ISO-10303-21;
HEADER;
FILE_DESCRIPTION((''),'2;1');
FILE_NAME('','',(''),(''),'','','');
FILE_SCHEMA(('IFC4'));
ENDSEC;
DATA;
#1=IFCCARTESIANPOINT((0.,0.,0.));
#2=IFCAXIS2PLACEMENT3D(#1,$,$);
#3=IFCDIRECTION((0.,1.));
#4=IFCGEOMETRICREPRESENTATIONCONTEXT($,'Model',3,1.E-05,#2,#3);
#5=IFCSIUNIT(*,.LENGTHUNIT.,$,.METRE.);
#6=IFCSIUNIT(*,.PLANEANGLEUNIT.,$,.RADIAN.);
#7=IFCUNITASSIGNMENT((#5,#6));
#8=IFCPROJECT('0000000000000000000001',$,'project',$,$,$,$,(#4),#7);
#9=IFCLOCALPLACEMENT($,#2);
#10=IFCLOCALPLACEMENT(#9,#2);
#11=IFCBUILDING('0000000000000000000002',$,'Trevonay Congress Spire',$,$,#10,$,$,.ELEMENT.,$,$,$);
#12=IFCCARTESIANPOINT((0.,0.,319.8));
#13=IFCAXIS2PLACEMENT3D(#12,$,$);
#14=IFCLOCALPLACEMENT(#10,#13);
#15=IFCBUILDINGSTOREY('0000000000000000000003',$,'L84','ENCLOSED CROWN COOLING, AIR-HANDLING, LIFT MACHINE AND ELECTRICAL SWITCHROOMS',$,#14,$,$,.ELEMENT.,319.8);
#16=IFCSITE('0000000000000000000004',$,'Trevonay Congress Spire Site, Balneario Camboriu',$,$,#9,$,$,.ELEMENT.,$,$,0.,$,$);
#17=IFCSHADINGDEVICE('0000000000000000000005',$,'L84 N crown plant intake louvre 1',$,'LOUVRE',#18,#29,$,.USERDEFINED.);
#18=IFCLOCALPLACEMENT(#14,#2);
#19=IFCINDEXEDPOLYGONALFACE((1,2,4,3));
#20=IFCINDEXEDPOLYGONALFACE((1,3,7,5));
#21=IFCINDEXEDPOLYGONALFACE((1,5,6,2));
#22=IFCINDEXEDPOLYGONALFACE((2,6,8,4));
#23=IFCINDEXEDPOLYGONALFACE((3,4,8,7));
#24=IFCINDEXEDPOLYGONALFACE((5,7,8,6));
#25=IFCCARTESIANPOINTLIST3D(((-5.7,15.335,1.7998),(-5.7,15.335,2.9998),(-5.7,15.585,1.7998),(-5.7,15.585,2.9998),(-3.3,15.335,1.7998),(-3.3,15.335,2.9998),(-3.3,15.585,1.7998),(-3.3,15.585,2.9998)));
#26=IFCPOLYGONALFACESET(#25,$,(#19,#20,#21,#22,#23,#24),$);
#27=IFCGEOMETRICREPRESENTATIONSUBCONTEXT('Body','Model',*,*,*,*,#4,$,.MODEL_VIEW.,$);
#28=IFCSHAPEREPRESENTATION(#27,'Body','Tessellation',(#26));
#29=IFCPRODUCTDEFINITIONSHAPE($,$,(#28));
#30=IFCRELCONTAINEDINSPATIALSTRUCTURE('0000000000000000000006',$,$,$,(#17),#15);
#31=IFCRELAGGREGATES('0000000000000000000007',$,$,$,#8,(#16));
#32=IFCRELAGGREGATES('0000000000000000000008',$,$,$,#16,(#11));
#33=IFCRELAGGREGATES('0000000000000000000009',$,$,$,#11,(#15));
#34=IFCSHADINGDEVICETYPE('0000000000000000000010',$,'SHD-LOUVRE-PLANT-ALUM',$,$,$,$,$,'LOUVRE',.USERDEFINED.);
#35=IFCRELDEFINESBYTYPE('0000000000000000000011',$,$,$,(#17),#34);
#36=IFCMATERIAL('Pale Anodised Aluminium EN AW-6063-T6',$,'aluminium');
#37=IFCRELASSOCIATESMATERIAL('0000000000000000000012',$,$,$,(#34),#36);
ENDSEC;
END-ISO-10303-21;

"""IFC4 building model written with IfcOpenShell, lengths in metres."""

from ifc_helpers import new_model, si_unit, direction, frame, origin, origin_2d, place, context, subcontext, project, spatial, rectangle, extrude, material, type_object, element, save


model = new_model("IFC4")

# Units and contexts
model_context = context("Model", 3, precision=1e-05, world=origin(), true_north=direction((0.0, 1.0)))
body_context = subcontext(model_context, "Body", "Model", "MODEL_VIEW")
ifc_project = project(units=[si_unit("LENGTHUNIT", "METRE"), si_unit("PLANEANGLEUNIT", "RADIAN")], contexts=[model_context])

# Site, building, storey
site_placement = place(None, origin())
site = spatial("IfcSite", under=ifc_project, at=site_placement, Name="Trevonay Congress Spire Site, Balneario Camboriu", CompositionType="ELEMENT", RefElevation=0.0)
building_placement = place(site_placement, origin())
building = spatial("IfcBuilding", under=site, at=building_placement, Name="Trevonay Congress Spire", CompositionType="ELEMENT")
storey_placement = place(building_placement, frame((0.0, 0.0, 319.8)))
storey = spatial("IfcBuildingStorey", under=building, at=storey_placement, Name="L84", Description="ENCLOSED CROWN COOLING, AIR-HANDLING, LIFT MACHINE AND ELECTRICAL SWITCHROOMS", CompositionType="ELEMENT", Elevation=319.8)

# Shared definitions
ifc_material_1 = material(Name="Pale Anodised Aluminium EN AW-6063-T6", Category="aluminium")

# Shading device
shading_device_type = type_object("IfcShadingDeviceType", Name="SHD-LOUVRE-PLANT-ALUM", ElementType="LOUVRE", PredefinedType="USERDEFINED", material=ifc_material_1)
shading_device_placement = place(storey_placement, frame((-4.5, 15.46, 1.7998), z_axis=(0.0, 0.0, 1.0), x_axis=(1.0, 0.0, 0.0)))
element("IfcShadingDevice", 1, at=shading_device_placement, inside=storey, type_object=shading_device_type, Name="L84 N crown plant intake louvre 1", ObjectType="LOUVRE", PredefinedType="USERDEFINED", context=body_context, shape_type="SweptSolid", body=[
    extrude(rectangle(XDim=2.3999, YDim=0.25, at=origin_2d()), origin(), (0.0, 0.0, 1.0), 1.2),
])

save(model, "model.ifc")
